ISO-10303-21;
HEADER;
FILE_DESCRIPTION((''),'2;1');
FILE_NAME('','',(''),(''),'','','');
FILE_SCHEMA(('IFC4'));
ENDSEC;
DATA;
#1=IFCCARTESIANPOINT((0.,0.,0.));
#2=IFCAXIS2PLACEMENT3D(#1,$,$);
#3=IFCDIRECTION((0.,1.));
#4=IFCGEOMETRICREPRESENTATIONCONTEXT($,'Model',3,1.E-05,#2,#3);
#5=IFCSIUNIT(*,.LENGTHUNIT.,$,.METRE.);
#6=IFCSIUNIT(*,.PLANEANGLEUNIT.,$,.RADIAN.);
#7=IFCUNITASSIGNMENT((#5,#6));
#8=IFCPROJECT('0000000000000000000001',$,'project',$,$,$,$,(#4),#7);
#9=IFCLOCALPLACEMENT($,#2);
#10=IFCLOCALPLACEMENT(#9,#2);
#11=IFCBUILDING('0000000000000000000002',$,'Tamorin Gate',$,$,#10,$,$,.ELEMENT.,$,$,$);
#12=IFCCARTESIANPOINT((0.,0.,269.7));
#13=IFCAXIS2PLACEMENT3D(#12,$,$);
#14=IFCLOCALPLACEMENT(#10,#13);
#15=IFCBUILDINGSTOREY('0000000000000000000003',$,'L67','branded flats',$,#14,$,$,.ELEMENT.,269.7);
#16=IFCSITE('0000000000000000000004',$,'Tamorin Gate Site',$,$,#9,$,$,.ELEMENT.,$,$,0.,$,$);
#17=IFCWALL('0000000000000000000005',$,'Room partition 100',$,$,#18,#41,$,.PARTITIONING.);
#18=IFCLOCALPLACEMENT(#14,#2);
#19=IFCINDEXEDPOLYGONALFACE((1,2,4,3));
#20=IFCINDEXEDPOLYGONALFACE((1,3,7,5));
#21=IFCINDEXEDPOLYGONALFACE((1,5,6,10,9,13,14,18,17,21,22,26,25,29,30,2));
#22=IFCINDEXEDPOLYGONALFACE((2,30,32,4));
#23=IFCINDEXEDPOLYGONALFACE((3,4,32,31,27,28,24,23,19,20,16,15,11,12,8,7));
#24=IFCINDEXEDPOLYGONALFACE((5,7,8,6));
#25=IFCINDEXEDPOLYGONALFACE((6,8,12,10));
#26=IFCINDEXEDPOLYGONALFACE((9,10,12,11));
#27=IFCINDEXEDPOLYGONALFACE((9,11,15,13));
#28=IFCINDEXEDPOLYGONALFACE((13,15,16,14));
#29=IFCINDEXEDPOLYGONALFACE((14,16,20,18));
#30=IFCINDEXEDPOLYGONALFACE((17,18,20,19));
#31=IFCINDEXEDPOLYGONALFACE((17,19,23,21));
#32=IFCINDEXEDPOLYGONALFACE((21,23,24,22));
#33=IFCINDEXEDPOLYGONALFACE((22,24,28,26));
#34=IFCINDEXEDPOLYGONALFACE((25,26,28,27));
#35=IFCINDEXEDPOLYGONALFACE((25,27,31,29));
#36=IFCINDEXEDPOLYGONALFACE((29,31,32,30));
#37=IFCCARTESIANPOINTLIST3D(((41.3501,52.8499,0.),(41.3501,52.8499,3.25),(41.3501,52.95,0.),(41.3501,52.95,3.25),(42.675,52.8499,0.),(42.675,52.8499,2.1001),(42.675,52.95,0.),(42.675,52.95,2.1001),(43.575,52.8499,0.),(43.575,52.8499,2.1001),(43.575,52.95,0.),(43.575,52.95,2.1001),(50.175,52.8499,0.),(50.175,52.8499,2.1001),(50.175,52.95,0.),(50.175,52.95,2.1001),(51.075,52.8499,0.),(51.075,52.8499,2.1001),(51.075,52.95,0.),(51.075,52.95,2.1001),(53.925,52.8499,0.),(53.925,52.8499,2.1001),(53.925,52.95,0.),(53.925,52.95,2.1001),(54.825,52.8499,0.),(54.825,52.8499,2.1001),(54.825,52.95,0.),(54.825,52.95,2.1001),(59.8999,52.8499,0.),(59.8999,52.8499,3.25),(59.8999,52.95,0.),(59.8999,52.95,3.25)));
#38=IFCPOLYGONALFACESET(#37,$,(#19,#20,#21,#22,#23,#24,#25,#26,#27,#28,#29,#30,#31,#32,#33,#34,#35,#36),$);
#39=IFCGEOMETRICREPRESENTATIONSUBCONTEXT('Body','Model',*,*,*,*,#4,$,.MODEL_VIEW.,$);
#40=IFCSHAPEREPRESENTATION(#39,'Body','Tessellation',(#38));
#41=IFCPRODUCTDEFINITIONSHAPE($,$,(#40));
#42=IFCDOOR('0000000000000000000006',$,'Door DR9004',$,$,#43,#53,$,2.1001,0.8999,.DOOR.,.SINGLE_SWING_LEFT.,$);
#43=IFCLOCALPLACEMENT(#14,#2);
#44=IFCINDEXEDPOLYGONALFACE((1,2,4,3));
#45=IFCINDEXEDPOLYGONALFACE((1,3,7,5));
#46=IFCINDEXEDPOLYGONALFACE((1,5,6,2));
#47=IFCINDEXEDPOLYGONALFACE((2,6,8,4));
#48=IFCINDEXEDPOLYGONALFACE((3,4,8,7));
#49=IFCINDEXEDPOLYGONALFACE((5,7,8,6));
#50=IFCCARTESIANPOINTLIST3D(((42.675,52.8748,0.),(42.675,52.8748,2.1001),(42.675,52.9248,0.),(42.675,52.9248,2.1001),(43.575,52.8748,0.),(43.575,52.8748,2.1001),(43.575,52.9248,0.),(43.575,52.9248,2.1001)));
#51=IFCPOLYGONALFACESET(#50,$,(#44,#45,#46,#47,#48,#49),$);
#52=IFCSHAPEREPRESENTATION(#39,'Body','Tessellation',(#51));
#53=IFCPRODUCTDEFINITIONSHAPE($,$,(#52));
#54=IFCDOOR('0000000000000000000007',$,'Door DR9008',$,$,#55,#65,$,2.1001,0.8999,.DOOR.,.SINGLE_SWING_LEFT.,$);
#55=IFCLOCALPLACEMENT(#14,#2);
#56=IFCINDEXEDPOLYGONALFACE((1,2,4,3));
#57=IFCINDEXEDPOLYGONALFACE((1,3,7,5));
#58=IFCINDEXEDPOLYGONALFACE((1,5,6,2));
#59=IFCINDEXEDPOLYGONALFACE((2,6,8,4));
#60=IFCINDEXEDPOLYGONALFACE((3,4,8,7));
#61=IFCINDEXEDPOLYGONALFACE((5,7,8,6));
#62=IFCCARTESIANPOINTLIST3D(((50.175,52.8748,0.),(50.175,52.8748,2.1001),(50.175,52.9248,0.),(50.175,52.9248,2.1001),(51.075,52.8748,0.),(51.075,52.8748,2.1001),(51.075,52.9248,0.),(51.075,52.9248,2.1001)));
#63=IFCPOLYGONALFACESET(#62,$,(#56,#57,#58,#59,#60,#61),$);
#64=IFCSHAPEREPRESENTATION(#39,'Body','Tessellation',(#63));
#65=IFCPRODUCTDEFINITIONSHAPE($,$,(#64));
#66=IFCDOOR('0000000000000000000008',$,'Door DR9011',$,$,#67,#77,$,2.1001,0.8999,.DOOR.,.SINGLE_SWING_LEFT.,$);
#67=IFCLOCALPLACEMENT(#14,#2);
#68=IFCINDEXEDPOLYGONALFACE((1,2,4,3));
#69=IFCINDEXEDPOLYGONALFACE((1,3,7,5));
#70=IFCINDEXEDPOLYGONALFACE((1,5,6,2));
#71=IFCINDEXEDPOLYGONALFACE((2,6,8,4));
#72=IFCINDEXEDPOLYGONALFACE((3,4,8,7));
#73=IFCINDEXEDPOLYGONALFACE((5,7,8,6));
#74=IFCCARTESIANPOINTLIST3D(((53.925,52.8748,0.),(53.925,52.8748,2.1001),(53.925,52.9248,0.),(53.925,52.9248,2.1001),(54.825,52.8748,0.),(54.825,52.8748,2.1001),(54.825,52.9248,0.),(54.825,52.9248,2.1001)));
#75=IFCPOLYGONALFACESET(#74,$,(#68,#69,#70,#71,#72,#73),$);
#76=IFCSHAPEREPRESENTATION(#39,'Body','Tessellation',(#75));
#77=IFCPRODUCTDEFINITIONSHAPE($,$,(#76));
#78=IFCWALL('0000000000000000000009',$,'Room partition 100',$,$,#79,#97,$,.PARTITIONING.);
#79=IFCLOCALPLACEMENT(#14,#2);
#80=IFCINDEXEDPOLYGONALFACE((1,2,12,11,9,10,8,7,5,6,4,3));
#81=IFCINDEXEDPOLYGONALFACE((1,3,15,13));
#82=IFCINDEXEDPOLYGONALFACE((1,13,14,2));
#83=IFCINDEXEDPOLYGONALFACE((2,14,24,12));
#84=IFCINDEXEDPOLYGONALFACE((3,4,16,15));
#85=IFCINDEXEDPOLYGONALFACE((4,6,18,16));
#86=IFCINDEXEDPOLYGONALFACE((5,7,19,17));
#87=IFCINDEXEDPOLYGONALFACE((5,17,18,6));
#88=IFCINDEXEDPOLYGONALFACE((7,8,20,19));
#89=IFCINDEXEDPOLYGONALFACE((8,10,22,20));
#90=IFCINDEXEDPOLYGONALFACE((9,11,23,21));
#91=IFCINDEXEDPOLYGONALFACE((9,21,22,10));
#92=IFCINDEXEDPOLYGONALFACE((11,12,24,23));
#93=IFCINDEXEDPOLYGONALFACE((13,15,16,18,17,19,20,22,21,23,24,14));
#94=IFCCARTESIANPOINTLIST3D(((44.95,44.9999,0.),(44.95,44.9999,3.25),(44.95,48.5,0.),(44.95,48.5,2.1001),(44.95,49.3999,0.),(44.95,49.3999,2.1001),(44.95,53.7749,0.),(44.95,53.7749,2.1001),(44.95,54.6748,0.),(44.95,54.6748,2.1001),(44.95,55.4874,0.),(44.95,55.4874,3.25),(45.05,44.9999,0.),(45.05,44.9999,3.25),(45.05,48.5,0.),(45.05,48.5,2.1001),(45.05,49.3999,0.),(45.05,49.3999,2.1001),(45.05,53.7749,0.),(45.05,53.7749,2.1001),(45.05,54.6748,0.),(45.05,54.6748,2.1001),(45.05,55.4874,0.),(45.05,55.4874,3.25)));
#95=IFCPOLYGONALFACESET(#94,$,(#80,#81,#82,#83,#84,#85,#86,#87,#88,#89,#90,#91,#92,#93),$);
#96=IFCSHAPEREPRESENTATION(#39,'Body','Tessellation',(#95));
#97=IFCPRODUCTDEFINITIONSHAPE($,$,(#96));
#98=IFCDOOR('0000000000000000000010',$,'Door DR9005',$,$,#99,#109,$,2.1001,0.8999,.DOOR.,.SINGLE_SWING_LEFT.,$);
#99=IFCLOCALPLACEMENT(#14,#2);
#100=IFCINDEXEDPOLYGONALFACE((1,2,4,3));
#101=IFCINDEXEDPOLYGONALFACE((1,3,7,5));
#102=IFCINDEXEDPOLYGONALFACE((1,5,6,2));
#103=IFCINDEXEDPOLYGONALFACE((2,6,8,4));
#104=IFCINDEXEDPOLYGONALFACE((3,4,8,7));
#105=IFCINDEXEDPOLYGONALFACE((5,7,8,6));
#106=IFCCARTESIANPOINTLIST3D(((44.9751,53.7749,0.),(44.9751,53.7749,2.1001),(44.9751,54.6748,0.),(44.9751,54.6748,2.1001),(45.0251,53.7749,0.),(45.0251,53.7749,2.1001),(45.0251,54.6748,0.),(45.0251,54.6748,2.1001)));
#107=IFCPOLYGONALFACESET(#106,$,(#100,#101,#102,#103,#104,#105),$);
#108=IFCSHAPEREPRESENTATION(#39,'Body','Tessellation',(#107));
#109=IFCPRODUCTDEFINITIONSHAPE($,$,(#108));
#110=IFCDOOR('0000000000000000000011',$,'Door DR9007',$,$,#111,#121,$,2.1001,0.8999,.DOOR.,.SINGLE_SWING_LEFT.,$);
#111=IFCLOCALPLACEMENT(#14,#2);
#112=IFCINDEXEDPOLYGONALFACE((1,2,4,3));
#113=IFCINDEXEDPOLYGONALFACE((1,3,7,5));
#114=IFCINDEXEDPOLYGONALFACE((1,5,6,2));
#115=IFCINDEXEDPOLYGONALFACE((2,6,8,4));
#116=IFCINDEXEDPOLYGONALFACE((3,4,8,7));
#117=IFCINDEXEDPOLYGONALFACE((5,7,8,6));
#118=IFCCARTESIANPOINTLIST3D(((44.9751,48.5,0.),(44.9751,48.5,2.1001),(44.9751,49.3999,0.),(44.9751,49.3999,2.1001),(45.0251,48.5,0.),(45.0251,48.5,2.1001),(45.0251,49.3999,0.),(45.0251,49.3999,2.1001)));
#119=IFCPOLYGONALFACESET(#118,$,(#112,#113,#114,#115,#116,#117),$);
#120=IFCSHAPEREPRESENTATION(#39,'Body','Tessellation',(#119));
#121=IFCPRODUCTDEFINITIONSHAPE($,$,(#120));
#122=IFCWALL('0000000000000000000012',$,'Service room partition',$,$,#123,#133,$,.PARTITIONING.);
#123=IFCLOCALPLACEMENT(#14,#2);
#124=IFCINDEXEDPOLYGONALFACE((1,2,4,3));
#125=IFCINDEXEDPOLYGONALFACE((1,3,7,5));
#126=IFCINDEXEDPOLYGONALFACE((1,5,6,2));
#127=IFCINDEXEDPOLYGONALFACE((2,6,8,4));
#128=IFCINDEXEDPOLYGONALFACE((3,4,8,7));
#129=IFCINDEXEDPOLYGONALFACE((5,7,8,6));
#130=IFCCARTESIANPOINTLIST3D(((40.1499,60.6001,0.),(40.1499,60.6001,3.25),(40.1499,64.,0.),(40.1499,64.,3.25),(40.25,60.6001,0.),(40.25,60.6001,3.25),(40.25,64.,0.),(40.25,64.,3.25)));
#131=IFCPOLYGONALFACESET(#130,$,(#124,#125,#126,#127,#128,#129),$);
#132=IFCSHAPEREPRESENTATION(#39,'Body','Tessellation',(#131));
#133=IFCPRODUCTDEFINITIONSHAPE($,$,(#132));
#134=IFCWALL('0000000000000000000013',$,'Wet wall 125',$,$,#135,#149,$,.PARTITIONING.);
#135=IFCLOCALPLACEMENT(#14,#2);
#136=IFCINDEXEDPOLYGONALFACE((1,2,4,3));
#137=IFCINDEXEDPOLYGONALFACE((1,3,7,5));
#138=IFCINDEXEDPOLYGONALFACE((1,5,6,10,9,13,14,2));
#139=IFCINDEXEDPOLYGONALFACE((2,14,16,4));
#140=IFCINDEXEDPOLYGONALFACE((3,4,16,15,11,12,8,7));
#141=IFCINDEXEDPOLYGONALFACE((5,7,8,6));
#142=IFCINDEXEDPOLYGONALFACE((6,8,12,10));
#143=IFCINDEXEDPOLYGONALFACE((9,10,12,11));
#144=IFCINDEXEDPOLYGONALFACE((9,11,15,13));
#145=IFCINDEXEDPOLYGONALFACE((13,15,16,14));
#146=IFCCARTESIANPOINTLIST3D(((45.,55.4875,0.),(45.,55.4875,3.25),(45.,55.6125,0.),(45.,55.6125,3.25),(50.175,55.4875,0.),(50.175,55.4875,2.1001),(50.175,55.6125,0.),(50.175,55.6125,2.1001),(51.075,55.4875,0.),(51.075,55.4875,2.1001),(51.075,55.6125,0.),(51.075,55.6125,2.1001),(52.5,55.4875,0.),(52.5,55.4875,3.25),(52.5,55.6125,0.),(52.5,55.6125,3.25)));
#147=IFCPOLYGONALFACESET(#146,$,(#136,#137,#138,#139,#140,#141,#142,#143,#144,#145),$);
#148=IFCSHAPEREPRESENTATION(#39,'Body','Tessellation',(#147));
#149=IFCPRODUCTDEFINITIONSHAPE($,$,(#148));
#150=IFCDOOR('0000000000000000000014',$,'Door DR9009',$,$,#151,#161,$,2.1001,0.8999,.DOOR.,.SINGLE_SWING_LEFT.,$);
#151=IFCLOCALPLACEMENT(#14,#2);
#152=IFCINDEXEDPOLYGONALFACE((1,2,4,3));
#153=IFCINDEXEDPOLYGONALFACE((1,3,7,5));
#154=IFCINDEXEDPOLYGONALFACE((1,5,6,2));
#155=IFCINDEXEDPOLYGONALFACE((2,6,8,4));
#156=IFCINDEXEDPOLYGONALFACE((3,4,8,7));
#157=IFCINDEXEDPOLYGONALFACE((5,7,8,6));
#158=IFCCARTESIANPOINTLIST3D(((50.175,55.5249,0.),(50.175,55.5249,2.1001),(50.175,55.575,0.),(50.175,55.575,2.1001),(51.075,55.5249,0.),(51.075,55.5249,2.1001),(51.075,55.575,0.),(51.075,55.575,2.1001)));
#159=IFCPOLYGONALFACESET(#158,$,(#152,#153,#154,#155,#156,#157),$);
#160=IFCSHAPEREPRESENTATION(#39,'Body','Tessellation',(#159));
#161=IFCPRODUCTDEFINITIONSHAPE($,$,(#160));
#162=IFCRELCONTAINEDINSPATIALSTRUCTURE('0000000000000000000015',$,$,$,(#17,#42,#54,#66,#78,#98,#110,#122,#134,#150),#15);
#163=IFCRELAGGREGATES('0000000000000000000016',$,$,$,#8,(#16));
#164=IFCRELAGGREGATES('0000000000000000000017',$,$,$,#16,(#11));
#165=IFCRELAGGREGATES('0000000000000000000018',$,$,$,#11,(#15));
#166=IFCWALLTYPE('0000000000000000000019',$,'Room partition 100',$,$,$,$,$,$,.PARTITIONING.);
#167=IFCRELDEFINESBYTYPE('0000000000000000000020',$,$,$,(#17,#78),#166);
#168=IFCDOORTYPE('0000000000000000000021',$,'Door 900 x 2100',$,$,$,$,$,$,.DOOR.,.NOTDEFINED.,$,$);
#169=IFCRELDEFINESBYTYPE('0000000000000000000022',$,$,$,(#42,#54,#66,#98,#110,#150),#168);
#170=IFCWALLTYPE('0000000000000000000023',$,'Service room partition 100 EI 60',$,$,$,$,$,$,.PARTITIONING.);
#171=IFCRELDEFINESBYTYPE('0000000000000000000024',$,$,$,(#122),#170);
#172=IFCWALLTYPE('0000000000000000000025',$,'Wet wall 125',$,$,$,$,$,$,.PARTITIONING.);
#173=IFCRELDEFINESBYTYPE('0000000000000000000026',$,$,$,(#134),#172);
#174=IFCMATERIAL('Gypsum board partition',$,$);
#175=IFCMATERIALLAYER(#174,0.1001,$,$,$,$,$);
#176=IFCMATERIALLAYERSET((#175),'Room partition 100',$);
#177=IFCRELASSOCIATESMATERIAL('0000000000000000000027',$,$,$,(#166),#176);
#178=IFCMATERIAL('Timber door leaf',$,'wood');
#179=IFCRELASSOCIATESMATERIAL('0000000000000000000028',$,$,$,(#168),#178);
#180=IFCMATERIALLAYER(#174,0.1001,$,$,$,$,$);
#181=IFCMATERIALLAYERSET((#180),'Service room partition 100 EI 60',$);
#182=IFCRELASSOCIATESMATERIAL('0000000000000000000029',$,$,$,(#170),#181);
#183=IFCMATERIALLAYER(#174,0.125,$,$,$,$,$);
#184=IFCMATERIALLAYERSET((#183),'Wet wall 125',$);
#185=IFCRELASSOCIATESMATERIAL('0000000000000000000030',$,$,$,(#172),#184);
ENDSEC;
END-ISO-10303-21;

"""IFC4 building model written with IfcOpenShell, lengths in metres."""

from ifc_helpers import new_model, si_unit, direction, frame, frame_2d, origin, place, context, subcontext, project, spatial, rectangle, extrude, material, layer, layer_set, type_object, element, fill, save


model = new_model("IFC4")

# Units and contexts
model_context = context("Model", 3, precision=1e-05, world=origin(), true_north=direction((0.0, 1.0)))
body_context = subcontext(model_context, "Body", "Model", "MODEL_VIEW")
ifc_project = project(units=[si_unit("LENGTHUNIT", "METRE"), si_unit("PLANEANGLEUNIT", "RADIAN")], contexts=[model_context])

# Site, building, storey
site_placement = place(None, origin())
site = spatial("IfcSite", under=ifc_project, at=site_placement, Name="Tamorin Gate Site", CompositionType="ELEMENT", RefElevation=0.0)
building_placement = place(site_placement, origin())
building = spatial("IfcBuilding", under=site, at=building_placement, Name="Tamorin Gate", CompositionType="ELEMENT")
storey_placement = place(building_placement, frame((0.0, 0.0, 269.7)))
storey = spatial("IfcBuildingStorey", under=building, at=storey_placement, Name="L67", Description="branded flats", CompositionType="ELEMENT", Elevation=269.7)

# Shared definitions
ifc_material_1 = material(Name="Gypsum board partition")

# Walls, openings, doors
ifc_layer_1 = layer(ifc_material_1, 0.1001)
ifc_layer_set_1 = layer_set([ifc_layer_1], Name="Room partition 100")
wall_type_1 = type_object("IfcWallType", Name="Room partition 100", PredefinedType="PARTITIONING", material=ifc_layer_set_1)
wall_1_placement = place(storey_placement, frame((41.3501, 52.8999, 0.0), z_axis=(0.0, 0.0, 1.0), x_axis=(1.0, 0.0, 0.0)))
wall_1 = element("IfcWall", 1, at=wall_1_placement, inside=storey, type_object=wall_type_1, Name="Room partition 100", PredefinedType="PARTITIONING", context=body_context, shape_type="SweptSolid", body=[
    extrude(rectangle(XDim=18.5498, YDim=0.1001, at=frame_2d((9.2749, 0.0))), origin(), (0.0, 0.0, 1.0), 3.25),
])
opening_1_placement = place(wall_1_placement, frame((1.325, 0.0, 0.0)))
opening_1 = element("IfcOpeningElement", 2, at=opening_1_placement, cuts=wall_1, PredefinedType="OPENING", context=body_context, shape_type="SweptSolid", body=[
    extrude(rectangle(XDim=0.8999, YDim=2.1001, at=frame_2d((0.45, 1.05))), frame((0.0, 0.0601, 0.0), z_axis=(0.0, -1.0, 0.0), x_axis=(1.0, 0.0, 0.0)), (0.0, 0.0, 1.0), 0.1201),
])
opening_2_placement = place(wall_1_placement, frame((8.825, 0.0, 0.0)))
opening_2 = element("IfcOpeningElement", 3, at=opening_2_placement, cuts=wall_1, PredefinedType="OPENING", context=body_context, shape_type="SweptSolid", body=[
    extrude(rectangle(XDim=0.8999, YDim=2.1001, at=frame_2d((0.45, 1.05))), frame((0.0, 0.0601, 0.0), z_axis=(0.0, -1.0, 0.0), x_axis=(1.0, 0.0, 0.0)), (0.0, 0.0, 1.0), 0.1201),
])
opening_3_placement = place(wall_1_placement, frame((12.575, 0.0, 0.0)))
opening_3 = element("IfcOpeningElement", 4, at=opening_3_placement, cuts=wall_1, PredefinedType="OPENING", context=body_context, shape_type="SweptSolid", body=[
    extrude(rectangle(XDim=0.8999, YDim=2.1001, at=frame_2d((0.45, 1.05))), frame((0.0, 0.0601, 0.0), z_axis=(0.0, -1.0, 0.0), x_axis=(1.0, 0.0, 0.0)), (0.0, 0.0, 1.0), 0.1201),
])
ifc_material_2 = material(Name="Timber door leaf", Category="wood")
door_type = type_object("IfcDoorType", Name="Door 900 x 2100", OperationType="NOTDEFINED", PredefinedType="DOOR", material=ifc_material_2)
door_1_placement = place(opening_1_placement, origin())
door_1 = element("IfcDoor", 5, at=door_1_placement, inside=storey, type_object=door_type, Name="Door DR9004", OperationType="SINGLE_SWING_LEFT", OverallHeight=2.1001, OverallWidth=0.8999, PredefinedType="DOOR", context=body_context, shape_type="SweptSolid", body=[
    extrude(rectangle(XDim=0.8999, YDim=2.1001, at=frame_2d((0.45, 1.05))), frame((0.0, 0.0249, 0.0), z_axis=(0.0, -1.0, 0.0), x_axis=(1.0, 0.0, 0.0)), (0.0, 0.0, 1.0), 0.05),
])
fill(opening_1, door_1)
door_2_placement = place(opening_2_placement, origin())
door_2 = element("IfcDoor", 6, at=door_2_placement, inside=storey, type_object=door_type, Name="Door DR9008", OperationType="SINGLE_SWING_LEFT", OverallHeight=2.1001, OverallWidth=0.8999, PredefinedType="DOOR", context=body_context, shape_type="SweptSolid", body=[
    extrude(rectangle(XDim=0.8999, YDim=2.1001, at=frame_2d((0.45, 1.05))), frame((0.0, 0.0249, 0.0), z_axis=(0.0, -1.0, 0.0), x_axis=(1.0, 0.0, 0.0)), (0.0, 0.0, 1.0), 0.05),
])
fill(opening_2, door_2)
door_3_placement = place(opening_3_placement, origin())
door_3 = element("IfcDoor", 7, at=door_3_placement, inside=storey, type_object=door_type, Name="Door DR9011", OperationType="SINGLE_SWING_LEFT", OverallHeight=2.1001, OverallWidth=0.8999, PredefinedType="DOOR", context=body_context, shape_type="SweptSolid", body=[
    extrude(rectangle(XDim=0.8999, YDim=2.1001, at=frame_2d((0.45, 1.05))), frame((0.0, 0.0249, 0.0), z_axis=(0.0, -1.0, 0.0), x_axis=(1.0, 0.0, 0.0)), (0.0, 0.0, 1.0), 0.05),
])
fill(opening_3, door_3)
wall_2_placement = place(storey_placement, frame((45.0, 45.0, 0.0), z_axis=(0.0, 0.0, 1.0), x_axis=(0.0, 1.0, 0.0)))
wall_2 = element("IfcWall", 8, at=wall_2_placement, inside=storey, type_object=wall_type_1, Name="Room partition 100", PredefinedType="PARTITIONING", context=body_context, shape_type="SweptSolid", body=[
    extrude(rectangle(XDim=10.4875, YDim=0.1001, at=frame_2d((5.2437, 0.0))), origin(), (0.0, 0.0, 1.0), 3.25),
])
opening_4_placement = place(wall_2_placement, frame((8.7749, 0.0, 0.0)))
opening_4 = element("IfcOpeningElement", 9, at=opening_4_placement, cuts=wall_2, PredefinedType="OPENING", context=body_context, shape_type="SweptSolid", body=[
    extrude(rectangle(XDim=0.8999, YDim=2.1001, at=frame_2d((0.45, 1.05))), frame((0.0, 0.0601, 0.0), z_axis=(0.0, -1.0, 0.0), x_axis=(1.0, 0.0, 0.0)), (0.0, 0.0, 1.0), 0.1201),
])
opening_5_placement = place(wall_2_placement, frame((3.5, 0.0, 0.0)))
opening_5 = element("IfcOpeningElement", 10, at=opening_5_placement, cuts=wall_2, PredefinedType="OPENING", context=body_context, shape_type="SweptSolid", body=[
    extrude(rectangle(XDim=0.8999, YDim=2.1001, at=frame_2d((0.45, 1.05))), frame((0.0, 0.0601, 0.0), z_axis=(0.0, -1.0, 0.0), x_axis=(1.0, 0.0, 0.0)), (0.0, 0.0, 1.0), 0.1201),
])
door_4_placement = place(opening_4_placement, origin())
door_4 = element("IfcDoor", 11, at=door_4_placement, inside=storey, type_object=door_type, Name="Door DR9005", OperationType="SINGLE_SWING_LEFT", OverallHeight=2.1001, OverallWidth=0.8999, PredefinedType="DOOR", context=body_context, shape_type="SweptSolid", body=[
    extrude(rectangle(XDim=0.8999, YDim=2.1001, at=frame_2d((0.45, 1.05))), frame((0.0, 0.0249, 0.0), z_axis=(0.0, -1.0, 0.0), x_axis=(1.0, 0.0, 0.0)), (0.0, 0.0, 1.0), 0.05),
])
fill(opening_4, door_4)
door_5_placement = place(opening_5_placement, origin())
door_5 = element("IfcDoor", 12, at=door_5_placement, inside=storey, type_object=door_type, Name="Door DR9007", OperationType="SINGLE_SWING_LEFT", OverallHeight=2.1001, OverallWidth=0.8999, PredefinedType="DOOR", context=body_context, shape_type="SweptSolid", body=[
    extrude(rectangle(XDim=0.8999, YDim=2.1001, at=frame_2d((0.45, 1.05))), frame((0.0, 0.0249, 0.0), z_axis=(0.0, -1.0, 0.0), x_axis=(1.0, 0.0, 0.0)), (0.0, 0.0, 1.0), 0.05),
])
fill(opening_5, door_5)

# Wall
ifc_layer_2 = layer(ifc_material_1, 0.1001)
ifc_layer_set_2 = layer_set([ifc_layer_2], Name="Service room partition 100 EI 60")
wall_type_2 = type_object("IfcWallType", Name="Service room partition 100 EI 60", PredefinedType="PARTITIONING", material=ifc_layer_set_2)
wall_3_placement = place(storey_placement, frame((40.2, 60.6001, 0.0), z_axis=(0.0, 0.0, 1.0), x_axis=(0.0, 1.0, 0.0)))
element("IfcWall", 13, at=wall_3_placement, inside=storey, type_object=wall_type_2, Name="Service room partition", PredefinedType="PARTITIONING", context=body_context, shape_type="SweptSolid", body=[
    extrude(rectangle(XDim=3.3999, YDim=0.1001, at=frame_2d((1.7, 0.0))), origin(), (0.0, 0.0, 1.0), 3.25),
])

# Wall, opening, door
ifc_layer_3 = layer(ifc_material_1, 0.125)
ifc_layer_set_3 = layer_set([ifc_layer_3], Name="Wet wall 125")
wall_type_3 = type_object("IfcWallType", Name="Wet wall 125", PredefinedType="PARTITIONING", material=ifc_layer_set_3)
wall_4_placement = place(storey_placement, frame((45.0, 55.55, 0.0), z_axis=(0.0, 0.0, 1.0), x_axis=(1.0, 0.0, 0.0)))
wall_4 = element("IfcWall", 14, at=wall_4_placement, inside=storey, type_object=wall_type_3, Name="Wet wall 125", PredefinedType="PARTITIONING", context=body_context, shape_type="SweptSolid", body=[
    extrude(rectangle(XDim=7.5, YDim=0.125, at=frame_2d((3.75, 0.0))), origin(), (0.0, 0.0, 1.0), 3.25),
])
opening_6_placement = place(wall_4_placement, frame((5.175, 0.0, 0.0)))
opening_6 = element("IfcOpeningElement", 15, at=opening_6_placement, cuts=wall_4, PredefinedType="OPENING", context=body_context, shape_type="SweptSolid", body=[
    extrude(rectangle(XDim=0.8999, YDim=2.1001, at=frame_2d((0.45, 1.05))), frame((0.0, 0.0725, 0.0), z_axis=(0.0, -1.0, 0.0), x_axis=(1.0, 0.0, 0.0)), (0.0, 0.0, 1.0), 0.145),
])
door_6_placement = place(opening_6_placement, origin())
door_6 = element("IfcDoor", 16, at=door_6_placement, inside=storey, type_object=door_type, Name="Door DR9009", OperationType="SINGLE_SWING_LEFT", OverallHeight=2.1001, OverallWidth=0.8999, PredefinedType="DOOR", context=body_context, shape_type="SweptSolid", body=[
    extrude(rectangle(XDim=0.8999, YDim=2.1001, at=frame_2d((0.45, 1.05))), frame((0.0, 0.0249, 0.0), z_axis=(0.0, -1.0, 0.0), x_axis=(1.0, 0.0, 0.0)), (0.0, 0.0, 1.0), 0.05),
])
fill(opening_6, door_6)

save(model, "model.ifc")
